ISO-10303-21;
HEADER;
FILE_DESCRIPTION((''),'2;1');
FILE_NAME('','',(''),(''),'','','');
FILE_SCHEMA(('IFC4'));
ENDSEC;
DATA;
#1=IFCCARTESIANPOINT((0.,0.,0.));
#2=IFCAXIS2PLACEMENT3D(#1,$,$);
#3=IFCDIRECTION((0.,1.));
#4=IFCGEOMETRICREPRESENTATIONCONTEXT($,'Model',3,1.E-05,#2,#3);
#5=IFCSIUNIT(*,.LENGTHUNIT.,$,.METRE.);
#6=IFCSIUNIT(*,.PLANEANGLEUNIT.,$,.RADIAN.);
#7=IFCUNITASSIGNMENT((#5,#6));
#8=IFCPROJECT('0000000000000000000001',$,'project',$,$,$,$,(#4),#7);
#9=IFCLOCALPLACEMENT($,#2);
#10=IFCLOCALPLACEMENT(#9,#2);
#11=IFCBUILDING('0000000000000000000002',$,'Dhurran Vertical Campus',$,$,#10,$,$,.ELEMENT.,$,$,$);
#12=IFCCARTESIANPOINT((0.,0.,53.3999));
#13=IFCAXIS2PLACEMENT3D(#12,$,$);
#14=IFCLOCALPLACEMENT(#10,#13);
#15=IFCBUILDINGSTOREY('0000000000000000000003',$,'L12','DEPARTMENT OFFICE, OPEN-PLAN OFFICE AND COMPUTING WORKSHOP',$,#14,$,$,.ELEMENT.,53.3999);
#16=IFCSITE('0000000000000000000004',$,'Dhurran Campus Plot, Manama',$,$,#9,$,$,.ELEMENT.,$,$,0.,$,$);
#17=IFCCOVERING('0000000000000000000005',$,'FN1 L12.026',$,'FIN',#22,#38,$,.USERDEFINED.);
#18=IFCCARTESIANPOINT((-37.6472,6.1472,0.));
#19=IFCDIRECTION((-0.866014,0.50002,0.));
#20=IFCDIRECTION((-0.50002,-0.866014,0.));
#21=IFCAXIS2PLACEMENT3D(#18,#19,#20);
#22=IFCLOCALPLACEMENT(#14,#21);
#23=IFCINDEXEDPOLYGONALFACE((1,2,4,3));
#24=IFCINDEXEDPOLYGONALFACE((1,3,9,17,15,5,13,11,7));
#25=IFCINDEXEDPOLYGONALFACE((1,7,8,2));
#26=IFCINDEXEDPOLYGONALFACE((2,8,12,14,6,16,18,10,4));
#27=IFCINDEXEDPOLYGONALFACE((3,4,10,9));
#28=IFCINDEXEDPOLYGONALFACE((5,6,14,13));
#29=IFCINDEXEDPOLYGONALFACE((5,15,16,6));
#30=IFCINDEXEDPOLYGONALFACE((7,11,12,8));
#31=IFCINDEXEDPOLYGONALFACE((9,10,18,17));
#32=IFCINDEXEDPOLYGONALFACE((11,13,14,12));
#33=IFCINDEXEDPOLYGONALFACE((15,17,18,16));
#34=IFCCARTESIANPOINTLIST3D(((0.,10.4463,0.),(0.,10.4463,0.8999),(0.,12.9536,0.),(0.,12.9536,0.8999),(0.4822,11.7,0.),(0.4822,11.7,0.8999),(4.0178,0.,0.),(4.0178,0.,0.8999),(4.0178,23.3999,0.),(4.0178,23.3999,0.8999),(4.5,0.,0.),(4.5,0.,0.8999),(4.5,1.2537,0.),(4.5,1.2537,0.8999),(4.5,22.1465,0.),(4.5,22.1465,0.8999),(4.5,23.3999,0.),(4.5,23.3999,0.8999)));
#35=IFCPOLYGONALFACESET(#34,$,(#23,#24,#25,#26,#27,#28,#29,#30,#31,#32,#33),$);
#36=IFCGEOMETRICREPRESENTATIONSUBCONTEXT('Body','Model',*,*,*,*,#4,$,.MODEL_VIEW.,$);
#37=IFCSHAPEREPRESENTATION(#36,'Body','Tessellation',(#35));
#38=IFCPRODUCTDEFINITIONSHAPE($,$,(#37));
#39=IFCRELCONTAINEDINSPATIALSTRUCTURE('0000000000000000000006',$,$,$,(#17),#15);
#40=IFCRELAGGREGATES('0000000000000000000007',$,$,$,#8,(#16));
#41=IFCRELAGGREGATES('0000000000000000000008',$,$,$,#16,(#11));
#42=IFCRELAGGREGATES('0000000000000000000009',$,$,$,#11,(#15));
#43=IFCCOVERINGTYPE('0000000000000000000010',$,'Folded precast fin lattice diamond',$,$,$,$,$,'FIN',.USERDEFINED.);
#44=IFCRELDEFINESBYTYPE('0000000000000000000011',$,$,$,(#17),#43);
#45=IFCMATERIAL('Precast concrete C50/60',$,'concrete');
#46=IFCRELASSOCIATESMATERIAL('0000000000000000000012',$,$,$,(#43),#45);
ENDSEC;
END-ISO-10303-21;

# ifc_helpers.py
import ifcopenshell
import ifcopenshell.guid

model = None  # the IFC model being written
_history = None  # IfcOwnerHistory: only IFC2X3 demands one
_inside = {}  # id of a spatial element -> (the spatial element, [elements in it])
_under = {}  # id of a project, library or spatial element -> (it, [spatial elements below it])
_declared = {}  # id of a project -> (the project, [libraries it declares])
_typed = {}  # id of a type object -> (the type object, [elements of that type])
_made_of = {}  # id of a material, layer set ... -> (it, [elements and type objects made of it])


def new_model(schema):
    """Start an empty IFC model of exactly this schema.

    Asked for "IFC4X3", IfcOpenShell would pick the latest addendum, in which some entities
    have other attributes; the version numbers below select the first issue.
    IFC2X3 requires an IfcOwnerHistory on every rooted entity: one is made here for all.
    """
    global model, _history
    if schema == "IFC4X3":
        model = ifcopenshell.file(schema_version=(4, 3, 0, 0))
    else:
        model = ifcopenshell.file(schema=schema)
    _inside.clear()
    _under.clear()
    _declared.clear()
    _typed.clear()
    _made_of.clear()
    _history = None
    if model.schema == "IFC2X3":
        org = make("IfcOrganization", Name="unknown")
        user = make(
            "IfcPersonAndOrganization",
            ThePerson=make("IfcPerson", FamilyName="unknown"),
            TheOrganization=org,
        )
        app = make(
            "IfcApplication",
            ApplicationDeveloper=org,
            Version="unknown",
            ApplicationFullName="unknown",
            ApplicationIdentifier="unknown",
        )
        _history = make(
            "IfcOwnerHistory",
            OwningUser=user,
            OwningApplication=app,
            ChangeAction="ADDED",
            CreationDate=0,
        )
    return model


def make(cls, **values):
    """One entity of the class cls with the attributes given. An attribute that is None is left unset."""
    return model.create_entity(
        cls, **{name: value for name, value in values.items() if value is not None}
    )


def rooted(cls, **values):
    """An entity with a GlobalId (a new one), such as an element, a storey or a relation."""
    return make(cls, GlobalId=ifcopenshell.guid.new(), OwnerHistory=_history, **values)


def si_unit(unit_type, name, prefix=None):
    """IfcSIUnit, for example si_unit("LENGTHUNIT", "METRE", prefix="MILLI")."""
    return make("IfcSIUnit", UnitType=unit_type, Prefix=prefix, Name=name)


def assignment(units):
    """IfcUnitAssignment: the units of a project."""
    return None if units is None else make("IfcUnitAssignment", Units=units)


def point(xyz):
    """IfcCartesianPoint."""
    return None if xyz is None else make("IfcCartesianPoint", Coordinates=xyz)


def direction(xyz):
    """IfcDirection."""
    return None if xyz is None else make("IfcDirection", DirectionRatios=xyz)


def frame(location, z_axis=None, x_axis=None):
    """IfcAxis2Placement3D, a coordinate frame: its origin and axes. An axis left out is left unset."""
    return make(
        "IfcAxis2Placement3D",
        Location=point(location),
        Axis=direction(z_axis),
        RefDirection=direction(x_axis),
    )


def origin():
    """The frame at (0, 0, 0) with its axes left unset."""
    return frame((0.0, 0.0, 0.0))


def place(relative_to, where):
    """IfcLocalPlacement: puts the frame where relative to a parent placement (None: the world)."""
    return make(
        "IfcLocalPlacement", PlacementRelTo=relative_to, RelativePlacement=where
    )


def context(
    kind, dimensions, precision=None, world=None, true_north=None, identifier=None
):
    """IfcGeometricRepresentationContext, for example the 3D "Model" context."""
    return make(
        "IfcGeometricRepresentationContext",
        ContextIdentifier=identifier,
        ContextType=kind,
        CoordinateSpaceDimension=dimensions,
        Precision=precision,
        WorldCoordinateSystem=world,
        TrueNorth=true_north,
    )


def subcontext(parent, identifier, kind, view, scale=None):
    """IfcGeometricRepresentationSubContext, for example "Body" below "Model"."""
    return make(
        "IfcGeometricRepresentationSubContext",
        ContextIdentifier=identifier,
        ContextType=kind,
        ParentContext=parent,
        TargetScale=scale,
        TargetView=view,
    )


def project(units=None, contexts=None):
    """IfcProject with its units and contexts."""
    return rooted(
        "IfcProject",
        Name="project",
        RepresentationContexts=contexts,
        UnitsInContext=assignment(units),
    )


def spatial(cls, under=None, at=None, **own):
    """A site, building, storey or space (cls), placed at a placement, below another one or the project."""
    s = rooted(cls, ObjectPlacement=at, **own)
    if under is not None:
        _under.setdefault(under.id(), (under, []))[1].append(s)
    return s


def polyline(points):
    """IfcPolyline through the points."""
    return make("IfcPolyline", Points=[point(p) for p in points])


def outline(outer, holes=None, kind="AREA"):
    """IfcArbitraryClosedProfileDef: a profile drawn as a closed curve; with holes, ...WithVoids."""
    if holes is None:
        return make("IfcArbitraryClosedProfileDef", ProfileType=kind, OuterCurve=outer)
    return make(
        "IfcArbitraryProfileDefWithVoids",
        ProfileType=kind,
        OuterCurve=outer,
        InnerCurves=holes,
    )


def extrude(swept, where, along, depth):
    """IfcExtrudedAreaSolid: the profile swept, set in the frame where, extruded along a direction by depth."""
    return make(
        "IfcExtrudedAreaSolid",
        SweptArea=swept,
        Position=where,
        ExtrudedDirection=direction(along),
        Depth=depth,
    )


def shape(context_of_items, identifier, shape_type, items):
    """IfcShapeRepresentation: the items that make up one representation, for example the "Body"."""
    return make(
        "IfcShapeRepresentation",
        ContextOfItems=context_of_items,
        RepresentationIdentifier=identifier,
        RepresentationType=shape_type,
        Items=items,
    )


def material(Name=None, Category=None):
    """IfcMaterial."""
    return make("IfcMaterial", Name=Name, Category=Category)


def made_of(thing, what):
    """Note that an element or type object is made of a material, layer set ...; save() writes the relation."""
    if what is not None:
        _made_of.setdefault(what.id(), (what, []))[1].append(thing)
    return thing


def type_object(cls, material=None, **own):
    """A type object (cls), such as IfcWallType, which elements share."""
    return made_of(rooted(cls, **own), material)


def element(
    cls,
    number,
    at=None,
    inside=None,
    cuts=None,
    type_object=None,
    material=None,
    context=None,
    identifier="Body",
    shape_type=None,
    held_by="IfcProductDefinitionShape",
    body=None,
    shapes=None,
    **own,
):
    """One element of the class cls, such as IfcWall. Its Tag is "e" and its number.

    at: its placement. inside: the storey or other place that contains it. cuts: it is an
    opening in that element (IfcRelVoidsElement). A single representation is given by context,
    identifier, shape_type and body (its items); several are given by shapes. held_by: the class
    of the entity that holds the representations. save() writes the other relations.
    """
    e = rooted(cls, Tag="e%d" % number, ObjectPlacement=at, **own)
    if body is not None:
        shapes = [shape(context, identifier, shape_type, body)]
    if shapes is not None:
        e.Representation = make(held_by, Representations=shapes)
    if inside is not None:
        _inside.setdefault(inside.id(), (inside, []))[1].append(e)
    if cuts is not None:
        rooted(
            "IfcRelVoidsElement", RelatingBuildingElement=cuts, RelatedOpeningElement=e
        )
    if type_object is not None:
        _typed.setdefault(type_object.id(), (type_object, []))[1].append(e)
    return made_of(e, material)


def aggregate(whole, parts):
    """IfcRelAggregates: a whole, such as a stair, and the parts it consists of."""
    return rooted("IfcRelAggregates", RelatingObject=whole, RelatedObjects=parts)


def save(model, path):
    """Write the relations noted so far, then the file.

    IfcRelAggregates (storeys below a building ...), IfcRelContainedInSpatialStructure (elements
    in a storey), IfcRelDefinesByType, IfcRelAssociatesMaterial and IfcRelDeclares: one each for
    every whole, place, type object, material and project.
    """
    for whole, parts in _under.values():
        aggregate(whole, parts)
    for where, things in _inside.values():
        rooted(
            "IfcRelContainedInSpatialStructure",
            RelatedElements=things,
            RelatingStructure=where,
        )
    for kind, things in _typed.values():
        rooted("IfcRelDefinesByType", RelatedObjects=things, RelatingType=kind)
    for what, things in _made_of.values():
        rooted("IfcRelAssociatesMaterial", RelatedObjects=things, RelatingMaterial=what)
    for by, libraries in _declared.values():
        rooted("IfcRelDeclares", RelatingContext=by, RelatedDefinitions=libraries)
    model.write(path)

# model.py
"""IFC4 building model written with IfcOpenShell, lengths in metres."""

from ifc_helpers import new_model, si_unit, direction, frame, origin, place, context, subcontext, project, spatial, polyline, outline, extrude, material, type_object, element, save


model = new_model("IFC4")

# Units and contexts
model_context = context("Model", 3, precision=1e-05, world=origin(), true_north=direction((0.0, 1.0)))
body_context = subcontext(model_context, "Body", "Model", "MODEL_VIEW")
ifc_project = project(units=[si_unit("LENGTHUNIT", "METRE"), si_unit("PLANEANGLEUNIT", "RADIAN")], contexts=[model_context])

# Site, building, storey
site_placement = place(None, origin())
site = spatial("IfcSite", under=ifc_project, at=site_placement, Name="Dhurran Campus Plot, Manama", CompositionType="ELEMENT", RefElevation=0.0)
building_placement = place(site_placement, origin())
building = spatial("IfcBuilding", under=site, at=building_placement, Name="Dhurran Vertical Campus", CompositionType="ELEMENT")
storey_placement = place(building_placement, frame((0.0, 0.0, 53.3999)))
storey = spatial("IfcBuildingStorey", under=building, at=storey_placement, Name="L12", Description="DEPARTMENT OFFICE, OPEN-PLAN OFFICE AND COMPUTING WORKSHOP", CompositionType="ELEMENT", Elevation=53.3999)

# Covering
ifc_material_1 = material(Name="Precast concrete C50/60", Category="concrete")
covering_type = type_object("IfcCoveringType", Name="Folded precast fin lattice diamond", ElementType="FIN", PredefinedType="USERDEFINED", material=ifc_material_1)
covering_1_placement = place(storey_placement, frame((-37.6472, 6.1472, 0.0), z_axis=(-0.866014, 0.50002, 0.0), x_axis=(-0.50002, -0.866014, 0.0)))
element("IfcCovering", 1, at=covering_1_placement, inside=storey, type_object=covering_type, Name="FN1 L12.026", ObjectType="FIN", PredefinedType="USERDEFINED", context=body_context, shape_type="SweptSolid", body=[
    extrude(outline(polyline([(4.0178, 0.0), (0.0, 10.4463), (0.0, 12.9536), (4.0178, 23.3999), (4.5, 23.3999), (4.5, 22.1465), (0.4822, 11.7), (4.5, 1.2537), (4.5, 0.0), (4.0178, 0.0)])), origin(), (0.0, 0.0, 1.0), 0.8999),
])

save(model, "model.ifc")
